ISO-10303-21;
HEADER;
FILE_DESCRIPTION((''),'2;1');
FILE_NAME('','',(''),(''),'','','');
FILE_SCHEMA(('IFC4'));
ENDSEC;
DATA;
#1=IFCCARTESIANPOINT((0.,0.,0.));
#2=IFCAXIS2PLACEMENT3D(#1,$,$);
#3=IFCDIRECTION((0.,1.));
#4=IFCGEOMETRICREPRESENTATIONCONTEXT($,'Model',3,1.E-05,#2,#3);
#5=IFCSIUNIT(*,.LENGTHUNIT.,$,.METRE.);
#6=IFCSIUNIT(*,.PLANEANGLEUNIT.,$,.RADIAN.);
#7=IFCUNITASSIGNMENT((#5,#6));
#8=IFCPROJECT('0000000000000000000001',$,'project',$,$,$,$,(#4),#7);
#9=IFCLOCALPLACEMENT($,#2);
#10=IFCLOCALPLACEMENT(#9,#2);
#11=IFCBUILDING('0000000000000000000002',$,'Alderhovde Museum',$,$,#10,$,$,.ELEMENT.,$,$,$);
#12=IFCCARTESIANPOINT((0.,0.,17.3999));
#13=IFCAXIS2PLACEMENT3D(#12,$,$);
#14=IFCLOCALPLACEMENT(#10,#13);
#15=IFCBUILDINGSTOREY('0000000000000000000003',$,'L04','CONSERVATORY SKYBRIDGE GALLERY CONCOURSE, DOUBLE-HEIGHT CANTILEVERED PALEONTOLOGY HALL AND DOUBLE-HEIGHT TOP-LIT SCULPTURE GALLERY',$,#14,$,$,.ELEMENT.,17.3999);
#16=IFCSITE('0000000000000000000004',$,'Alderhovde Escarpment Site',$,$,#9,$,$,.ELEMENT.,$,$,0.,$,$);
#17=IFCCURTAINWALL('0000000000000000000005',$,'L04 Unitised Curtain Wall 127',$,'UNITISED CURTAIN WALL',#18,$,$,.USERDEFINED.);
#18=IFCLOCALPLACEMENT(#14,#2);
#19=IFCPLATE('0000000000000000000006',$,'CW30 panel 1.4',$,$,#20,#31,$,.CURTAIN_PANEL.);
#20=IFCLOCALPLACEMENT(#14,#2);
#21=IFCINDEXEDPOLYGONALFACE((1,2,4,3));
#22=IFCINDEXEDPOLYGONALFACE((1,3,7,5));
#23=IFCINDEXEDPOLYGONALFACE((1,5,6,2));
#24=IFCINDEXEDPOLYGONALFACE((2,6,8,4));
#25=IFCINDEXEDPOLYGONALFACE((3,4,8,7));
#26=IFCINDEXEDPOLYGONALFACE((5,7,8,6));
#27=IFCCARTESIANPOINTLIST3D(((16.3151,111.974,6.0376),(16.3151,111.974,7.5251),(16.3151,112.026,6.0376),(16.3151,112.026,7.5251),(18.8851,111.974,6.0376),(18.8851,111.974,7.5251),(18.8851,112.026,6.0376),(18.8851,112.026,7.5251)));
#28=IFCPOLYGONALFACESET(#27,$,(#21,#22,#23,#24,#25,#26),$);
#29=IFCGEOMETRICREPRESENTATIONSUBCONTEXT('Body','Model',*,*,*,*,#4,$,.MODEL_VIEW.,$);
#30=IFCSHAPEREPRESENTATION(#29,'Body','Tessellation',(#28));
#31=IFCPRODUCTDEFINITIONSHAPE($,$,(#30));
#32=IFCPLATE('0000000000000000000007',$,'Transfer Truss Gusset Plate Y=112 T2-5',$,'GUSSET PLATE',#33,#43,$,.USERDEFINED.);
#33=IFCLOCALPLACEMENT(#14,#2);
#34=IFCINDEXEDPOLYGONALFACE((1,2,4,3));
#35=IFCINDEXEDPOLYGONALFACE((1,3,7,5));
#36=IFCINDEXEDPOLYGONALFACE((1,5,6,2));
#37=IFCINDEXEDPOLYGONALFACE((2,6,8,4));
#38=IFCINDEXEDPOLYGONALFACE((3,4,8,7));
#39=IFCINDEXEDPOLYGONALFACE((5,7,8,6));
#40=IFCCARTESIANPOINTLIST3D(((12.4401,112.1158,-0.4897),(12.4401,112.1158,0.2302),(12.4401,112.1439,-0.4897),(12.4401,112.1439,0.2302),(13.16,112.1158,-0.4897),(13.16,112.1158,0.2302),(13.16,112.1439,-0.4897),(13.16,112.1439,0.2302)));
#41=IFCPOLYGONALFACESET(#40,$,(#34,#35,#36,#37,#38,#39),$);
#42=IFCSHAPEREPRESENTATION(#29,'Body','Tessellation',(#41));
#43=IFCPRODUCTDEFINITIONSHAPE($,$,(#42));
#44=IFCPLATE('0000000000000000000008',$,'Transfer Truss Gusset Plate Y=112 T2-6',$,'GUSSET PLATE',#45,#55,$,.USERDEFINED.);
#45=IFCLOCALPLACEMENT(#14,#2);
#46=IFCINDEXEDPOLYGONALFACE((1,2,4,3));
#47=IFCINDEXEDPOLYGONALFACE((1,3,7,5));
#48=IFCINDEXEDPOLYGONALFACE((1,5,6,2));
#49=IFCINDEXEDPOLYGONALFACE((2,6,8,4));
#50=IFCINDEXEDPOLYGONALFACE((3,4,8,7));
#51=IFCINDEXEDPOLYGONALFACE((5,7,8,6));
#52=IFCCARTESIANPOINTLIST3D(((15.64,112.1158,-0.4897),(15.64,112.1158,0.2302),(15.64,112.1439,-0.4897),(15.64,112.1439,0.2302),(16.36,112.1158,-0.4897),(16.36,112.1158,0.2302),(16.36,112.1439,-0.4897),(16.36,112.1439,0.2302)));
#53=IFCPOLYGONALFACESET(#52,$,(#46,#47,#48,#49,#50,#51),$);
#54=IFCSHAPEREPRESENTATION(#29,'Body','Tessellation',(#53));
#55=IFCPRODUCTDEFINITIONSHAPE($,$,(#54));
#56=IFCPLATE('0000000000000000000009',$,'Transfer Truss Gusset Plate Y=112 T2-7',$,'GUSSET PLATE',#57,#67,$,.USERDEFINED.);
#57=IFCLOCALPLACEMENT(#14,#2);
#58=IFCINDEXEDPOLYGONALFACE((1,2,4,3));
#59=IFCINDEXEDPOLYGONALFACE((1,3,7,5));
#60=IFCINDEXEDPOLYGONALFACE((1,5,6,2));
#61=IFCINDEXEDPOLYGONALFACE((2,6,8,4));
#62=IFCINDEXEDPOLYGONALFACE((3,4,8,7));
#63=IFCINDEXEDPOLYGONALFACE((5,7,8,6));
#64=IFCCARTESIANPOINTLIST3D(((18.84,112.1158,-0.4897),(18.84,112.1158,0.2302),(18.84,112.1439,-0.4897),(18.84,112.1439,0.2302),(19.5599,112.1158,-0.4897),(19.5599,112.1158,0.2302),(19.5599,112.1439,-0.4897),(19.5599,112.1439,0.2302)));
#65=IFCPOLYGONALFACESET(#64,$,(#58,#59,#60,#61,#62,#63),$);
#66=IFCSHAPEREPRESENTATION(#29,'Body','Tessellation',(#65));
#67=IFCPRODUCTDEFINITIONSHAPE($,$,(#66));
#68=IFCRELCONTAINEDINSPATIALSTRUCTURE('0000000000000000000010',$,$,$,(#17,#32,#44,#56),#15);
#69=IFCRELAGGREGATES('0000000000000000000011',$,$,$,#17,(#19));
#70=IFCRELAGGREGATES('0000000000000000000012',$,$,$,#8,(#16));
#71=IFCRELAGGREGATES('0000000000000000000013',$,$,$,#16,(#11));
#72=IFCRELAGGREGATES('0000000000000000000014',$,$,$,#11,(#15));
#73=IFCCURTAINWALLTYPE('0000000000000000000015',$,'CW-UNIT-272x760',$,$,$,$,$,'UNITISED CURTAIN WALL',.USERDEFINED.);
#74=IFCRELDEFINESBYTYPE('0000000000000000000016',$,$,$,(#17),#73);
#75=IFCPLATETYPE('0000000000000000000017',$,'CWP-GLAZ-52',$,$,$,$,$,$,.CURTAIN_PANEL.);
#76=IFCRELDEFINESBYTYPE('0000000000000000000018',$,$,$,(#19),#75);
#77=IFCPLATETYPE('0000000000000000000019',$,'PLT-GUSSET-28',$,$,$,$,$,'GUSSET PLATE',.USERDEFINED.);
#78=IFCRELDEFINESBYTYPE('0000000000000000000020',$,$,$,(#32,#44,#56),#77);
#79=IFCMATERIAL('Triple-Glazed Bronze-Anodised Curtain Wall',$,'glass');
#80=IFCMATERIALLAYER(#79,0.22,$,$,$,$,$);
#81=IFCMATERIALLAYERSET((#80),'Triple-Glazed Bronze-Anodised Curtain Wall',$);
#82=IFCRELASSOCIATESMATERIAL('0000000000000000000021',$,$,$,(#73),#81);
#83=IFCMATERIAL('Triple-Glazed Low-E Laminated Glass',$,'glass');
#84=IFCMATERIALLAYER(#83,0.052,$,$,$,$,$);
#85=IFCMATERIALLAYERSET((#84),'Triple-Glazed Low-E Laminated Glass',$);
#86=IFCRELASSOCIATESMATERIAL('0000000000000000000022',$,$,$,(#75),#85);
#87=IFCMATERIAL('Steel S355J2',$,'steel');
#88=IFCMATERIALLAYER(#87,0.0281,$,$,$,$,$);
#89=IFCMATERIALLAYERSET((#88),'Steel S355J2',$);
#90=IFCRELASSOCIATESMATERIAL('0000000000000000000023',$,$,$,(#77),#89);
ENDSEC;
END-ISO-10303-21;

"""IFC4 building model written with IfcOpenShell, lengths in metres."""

from ifc_helpers import new_model, si_unit, direction, frame, origin, origin_2d, place, context, subcontext, project, spatial, rectangle, extrude, material, layer, layer_set, type_object, element, aggregate, save


model = new_model("IFC4")

# Units and contexts
model_context = context("Model", 3, precision=1e-05, world=origin(), true_north=direction((0.0, 1.0)))
body_context = subcontext(model_context, "Body", "Model", "MODEL_VIEW")
ifc_project = project(units=[si_unit("LENGTHUNIT", "METRE"), si_unit("PLANEANGLEUNIT", "RADIAN")], contexts=[model_context])

# Site, building, storey
site_placement = place(None, origin())
site = spatial("IfcSite", under=ifc_project, at=site_placement, Name="Alderhovde Escarpment Site", CompositionType="ELEMENT", RefElevation=0.0)
building_placement = place(site_placement, origin())
building = spatial("IfcBuilding", under=site, at=building_placement, Name="Alderhovde Museum", CompositionType="ELEMENT")
storey_placement = place(building_placement, frame((0.0, 0.0, 17.3999)))
storey = spatial("IfcBuildingStorey", under=building, at=storey_placement, Name="L04", Description="CONSERVATORY SKYBRIDGE GALLERY CONCOURSE, DOUBLE-HEIGHT CANTILEVERED PALEONTOLOGY HALL AND DOUBLE-HEIGHT TOP-LIT SCULPTURE GALLERY", CompositionType="ELEMENT", Elevation=17.3999)

# Curtain wall
ifc_material_1 = material(Name="Triple-Glazed Bronze-Anodised Curtain Wall", Category="glass")
ifc_layer_1 = layer(ifc_material_1, 0.22)
ifc_layer_set_1 = layer_set([ifc_layer_1], Name="Triple-Glazed Bronze-Anodised Curtain Wall")
curtain_wall_type = type_object("IfcCurtainWallType", Name="CW-UNIT-272x760", ElementType="UNITISED CURTAIN WALL", PredefinedType="USERDEFINED", material=ifc_layer_set_1)
curtain_wall_1_placement = place(storey_placement, origin())
curtain_wall_1 = element("IfcCurtainWall", 1, at=curtain_wall_1_placement, inside=storey, type_object=curtain_wall_type, Name="L04 Unitised Curtain Wall 127", ObjectType="UNITISED CURTAIN WALL", PredefinedType="USERDEFINED")

# Plate
ifc_material_2 = material(Name="Triple-Glazed Low-E Laminated Glass", Category="glass")
ifc_layer_2 = layer(ifc_material_2, 0.052)
ifc_layer_set_2 = layer_set([ifc_layer_2], Name="Triple-Glazed Low-E Laminated Glass")
plate_type_1 = type_object("IfcPlateType", Name="CWP-GLAZ-52", PredefinedType="CURTAIN_PANEL", material=ifc_layer_set_2)
plate_1_placement = place(storey_placement, frame((17.6001, 112.0, 6.0376), z_axis=(0.0, 0.0, 1.0), x_axis=(1.0, 0.0, 0.0)))
plate_1 = element("IfcPlate", 2, at=plate_1_placement, type_object=plate_type_1, Name="CW30 panel 1.4", PredefinedType="CURTAIN_PANEL", context=body_context, shape_type="SweptSolid", body=[
    extrude(rectangle(XDim=2.5701, YDim=0.052, at=origin_2d()), origin(), (0.0, 0.0, 1.0), 1.4875),
])
aggregate(curtain_wall_1, [plate_1])

# Plates
ifc_material_3 = material(Name="Steel S355J2", Category="steel")
ifc_layer_3 = layer(ifc_material_3, 0.0281)
ifc_layer_set_3 = layer_set([ifc_layer_3], Name="Steel S355J2")
plate_type_2 = type_object("IfcPlateType", Name="PLT-GUSSET-28", ElementType="GUSSET PLATE", PredefinedType="USERDEFINED", material=ifc_layer_set_3)
for number, where, z_axis, x_axis, name in (
    (3, (12.8, 112.1299, -0.4897), (0.0, 0.0, 1.0), (1.0, 0.0, 0.0), "Transfer Truss Gusset Plate Y=112 T2-5"),
    (4, (16.0, 112.1299, -0.4897), (0.0, 0.0, 1.0), (1.0, 0.0, 0.0), "Transfer Truss Gusset Plate Y=112 T2-6"),
    (5, (19.2, 112.1299, -0.4897), (0.0, 0.0, 1.0), (1.0, 0.0, 0.0), "Transfer Truss Gusset Plate Y=112 T2-7"),
):
    element("IfcPlate", number, at=place(storey_placement, frame(where, z_axis=z_axis, x_axis=x_axis)), inside=storey, type_object=plate_type_2, Name=name, ObjectType="GUSSET PLATE", PredefinedType="USERDEFINED", context=body_context, shape_type="SweptSolid", body=[
        extrude(rectangle(XDim=0.72, YDim=0.0281, at=origin_2d()), origin(), (0.0, 0.0, 1.0), 0.72),
    ])

save(model, "model.ifc")
